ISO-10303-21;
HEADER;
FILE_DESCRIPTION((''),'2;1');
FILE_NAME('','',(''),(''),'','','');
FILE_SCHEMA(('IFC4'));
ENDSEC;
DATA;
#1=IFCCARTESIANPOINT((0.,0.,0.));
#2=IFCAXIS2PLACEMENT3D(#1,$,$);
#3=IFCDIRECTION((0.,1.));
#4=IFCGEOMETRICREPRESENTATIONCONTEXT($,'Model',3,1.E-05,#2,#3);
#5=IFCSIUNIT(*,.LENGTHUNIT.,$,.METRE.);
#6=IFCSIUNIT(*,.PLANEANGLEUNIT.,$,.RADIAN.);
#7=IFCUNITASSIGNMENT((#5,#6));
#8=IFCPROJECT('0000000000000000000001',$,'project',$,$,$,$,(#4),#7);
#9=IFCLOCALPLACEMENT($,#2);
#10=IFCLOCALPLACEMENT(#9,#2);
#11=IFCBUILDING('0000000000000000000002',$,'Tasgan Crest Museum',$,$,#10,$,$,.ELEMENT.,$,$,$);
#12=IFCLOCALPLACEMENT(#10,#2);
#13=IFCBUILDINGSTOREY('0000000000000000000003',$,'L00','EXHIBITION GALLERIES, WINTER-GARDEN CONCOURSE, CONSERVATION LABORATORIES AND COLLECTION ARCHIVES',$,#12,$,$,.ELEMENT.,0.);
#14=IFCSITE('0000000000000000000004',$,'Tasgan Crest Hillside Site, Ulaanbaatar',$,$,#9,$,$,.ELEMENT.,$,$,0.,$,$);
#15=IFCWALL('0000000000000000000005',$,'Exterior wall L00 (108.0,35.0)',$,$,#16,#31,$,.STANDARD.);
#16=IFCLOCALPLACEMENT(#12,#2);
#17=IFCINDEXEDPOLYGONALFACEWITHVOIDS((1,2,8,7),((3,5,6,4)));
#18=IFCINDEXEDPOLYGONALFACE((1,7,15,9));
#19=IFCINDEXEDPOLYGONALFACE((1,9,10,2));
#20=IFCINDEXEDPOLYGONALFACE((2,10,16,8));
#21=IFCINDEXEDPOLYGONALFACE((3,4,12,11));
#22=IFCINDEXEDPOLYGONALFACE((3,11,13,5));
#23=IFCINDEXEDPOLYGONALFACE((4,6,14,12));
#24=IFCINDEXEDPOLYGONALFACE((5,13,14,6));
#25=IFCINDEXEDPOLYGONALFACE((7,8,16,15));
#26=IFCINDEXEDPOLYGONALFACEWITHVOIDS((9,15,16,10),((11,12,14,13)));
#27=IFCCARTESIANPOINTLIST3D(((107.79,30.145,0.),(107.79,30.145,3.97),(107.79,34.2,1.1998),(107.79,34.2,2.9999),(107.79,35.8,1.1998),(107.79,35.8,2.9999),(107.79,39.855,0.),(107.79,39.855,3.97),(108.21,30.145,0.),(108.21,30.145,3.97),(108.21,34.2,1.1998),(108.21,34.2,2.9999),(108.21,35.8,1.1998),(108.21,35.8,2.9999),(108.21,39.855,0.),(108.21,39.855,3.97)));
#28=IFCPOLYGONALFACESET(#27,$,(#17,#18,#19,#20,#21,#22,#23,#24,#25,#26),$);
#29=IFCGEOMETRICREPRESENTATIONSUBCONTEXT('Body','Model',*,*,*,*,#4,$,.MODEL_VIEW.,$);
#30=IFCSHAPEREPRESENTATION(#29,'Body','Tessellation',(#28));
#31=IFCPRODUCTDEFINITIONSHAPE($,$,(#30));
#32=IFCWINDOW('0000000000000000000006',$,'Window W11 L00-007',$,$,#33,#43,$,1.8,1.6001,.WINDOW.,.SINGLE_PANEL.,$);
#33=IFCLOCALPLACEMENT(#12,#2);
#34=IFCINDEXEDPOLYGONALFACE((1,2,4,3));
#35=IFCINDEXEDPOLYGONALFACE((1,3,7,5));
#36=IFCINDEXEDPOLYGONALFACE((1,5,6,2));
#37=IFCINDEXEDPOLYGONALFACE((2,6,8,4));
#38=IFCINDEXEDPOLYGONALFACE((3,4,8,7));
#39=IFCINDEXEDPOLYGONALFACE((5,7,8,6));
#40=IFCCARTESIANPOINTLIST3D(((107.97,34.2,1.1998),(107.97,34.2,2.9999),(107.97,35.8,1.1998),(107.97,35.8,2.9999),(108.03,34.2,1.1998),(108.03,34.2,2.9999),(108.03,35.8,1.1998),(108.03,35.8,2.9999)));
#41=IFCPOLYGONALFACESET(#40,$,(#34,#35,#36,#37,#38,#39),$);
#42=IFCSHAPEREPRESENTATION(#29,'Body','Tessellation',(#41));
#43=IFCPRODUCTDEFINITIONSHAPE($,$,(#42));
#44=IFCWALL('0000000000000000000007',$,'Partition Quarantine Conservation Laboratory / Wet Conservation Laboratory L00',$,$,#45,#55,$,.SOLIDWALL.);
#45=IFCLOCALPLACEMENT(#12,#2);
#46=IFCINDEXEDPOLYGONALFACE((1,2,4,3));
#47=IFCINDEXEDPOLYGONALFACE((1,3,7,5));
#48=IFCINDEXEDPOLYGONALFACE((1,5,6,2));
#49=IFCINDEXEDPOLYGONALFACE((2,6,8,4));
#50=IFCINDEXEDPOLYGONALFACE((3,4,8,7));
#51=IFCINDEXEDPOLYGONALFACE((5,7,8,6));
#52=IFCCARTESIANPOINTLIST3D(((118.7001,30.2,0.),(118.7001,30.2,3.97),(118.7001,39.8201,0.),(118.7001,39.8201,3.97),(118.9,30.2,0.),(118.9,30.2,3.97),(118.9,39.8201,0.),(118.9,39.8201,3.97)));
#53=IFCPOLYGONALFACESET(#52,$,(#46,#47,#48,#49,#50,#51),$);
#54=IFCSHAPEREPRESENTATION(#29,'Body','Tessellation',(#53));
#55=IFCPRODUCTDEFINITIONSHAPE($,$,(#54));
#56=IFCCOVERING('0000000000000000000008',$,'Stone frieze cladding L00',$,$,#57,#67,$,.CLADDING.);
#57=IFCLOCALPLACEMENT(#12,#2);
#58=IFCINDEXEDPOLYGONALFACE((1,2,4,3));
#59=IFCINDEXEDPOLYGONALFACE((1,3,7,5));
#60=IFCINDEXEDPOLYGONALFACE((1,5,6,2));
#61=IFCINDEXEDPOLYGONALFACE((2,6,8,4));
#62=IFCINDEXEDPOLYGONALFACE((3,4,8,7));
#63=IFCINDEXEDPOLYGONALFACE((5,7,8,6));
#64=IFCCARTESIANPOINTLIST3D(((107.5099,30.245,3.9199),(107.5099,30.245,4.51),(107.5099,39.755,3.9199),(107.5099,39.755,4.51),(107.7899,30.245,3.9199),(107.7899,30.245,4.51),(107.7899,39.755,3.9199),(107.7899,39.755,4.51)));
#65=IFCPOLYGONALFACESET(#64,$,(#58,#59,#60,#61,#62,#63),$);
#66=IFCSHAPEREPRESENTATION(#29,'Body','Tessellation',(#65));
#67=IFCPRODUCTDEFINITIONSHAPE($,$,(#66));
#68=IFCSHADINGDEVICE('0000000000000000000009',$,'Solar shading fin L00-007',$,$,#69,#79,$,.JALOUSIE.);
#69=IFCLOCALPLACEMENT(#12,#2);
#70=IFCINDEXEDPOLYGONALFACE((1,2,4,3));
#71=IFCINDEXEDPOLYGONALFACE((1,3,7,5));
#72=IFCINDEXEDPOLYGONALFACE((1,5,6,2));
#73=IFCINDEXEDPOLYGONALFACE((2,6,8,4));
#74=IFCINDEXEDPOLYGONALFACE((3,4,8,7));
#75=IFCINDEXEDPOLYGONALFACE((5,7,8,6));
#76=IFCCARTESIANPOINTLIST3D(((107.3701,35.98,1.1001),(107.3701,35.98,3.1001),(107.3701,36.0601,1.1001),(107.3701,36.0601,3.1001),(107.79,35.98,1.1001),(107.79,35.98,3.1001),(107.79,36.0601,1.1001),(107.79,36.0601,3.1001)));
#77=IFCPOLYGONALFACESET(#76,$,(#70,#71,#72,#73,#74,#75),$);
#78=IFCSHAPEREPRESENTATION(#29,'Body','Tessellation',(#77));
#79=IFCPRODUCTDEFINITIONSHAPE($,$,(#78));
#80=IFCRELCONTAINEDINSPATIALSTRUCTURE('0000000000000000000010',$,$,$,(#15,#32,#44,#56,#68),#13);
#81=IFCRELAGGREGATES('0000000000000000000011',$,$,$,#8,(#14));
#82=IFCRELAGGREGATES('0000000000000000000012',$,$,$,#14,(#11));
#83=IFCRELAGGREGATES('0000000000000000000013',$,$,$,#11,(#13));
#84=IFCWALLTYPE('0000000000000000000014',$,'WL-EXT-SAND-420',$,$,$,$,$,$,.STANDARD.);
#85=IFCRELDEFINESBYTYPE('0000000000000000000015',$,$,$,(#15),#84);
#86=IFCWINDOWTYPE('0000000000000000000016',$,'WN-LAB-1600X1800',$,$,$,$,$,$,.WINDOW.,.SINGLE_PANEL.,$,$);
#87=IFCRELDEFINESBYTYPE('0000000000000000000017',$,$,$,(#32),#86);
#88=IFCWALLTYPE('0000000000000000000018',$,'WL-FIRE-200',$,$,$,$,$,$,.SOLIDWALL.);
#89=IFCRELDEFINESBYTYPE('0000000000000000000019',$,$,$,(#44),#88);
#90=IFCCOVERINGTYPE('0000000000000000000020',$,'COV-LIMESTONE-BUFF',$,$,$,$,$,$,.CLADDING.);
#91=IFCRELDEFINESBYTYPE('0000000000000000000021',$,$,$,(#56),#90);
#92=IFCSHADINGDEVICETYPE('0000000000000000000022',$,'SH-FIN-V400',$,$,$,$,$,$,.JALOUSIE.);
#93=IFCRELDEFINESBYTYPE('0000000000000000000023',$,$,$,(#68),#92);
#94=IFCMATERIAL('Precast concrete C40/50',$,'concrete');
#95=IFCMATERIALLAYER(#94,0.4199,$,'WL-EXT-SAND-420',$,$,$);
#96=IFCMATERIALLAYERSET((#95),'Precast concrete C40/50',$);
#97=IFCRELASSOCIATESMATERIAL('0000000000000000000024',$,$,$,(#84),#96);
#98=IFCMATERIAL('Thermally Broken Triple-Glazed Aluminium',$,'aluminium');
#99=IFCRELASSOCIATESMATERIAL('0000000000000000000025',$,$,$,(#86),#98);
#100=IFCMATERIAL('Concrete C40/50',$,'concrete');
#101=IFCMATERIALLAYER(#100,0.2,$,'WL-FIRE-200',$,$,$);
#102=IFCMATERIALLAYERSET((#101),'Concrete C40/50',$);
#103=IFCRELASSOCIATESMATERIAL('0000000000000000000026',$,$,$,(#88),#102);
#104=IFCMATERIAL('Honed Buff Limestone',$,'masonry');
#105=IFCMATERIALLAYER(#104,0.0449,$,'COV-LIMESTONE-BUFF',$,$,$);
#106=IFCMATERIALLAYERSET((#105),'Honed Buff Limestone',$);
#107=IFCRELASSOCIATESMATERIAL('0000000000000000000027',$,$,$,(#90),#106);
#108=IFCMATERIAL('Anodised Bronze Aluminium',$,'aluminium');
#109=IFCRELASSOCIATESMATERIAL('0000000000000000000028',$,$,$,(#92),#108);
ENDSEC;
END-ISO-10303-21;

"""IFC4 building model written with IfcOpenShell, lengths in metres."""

from ifc_helpers import new_model, si_unit, direction, frame, frame_2d, origin, origin_2d, place, context, subcontext, project, spatial, rectangle, extrude, material, layer, layer_set, type_object, element, fill, save


model = new_model("IFC4")

# Units and contexts
model_context = context("Model", 3, precision=1e-05, world=origin(), true_north=direction((0.0, 1.0)))
body_context = subcontext(model_context, "Body", "Model", "MODEL_VIEW")
ifc_project = project(units=[si_unit("LENGTHUNIT", "METRE"), si_unit("PLANEANGLEUNIT", "RADIAN")], contexts=[model_context])

# Site, building, storey
site_placement = place(None, origin())
site = spatial("IfcSite", under=ifc_project, at=site_placement, Name="Tasgan Crest Hillside Site, Ulaanbaatar", CompositionType="ELEMENT", RefElevation=0.0)
building_placement = place(site_placement, origin())
building = spatial("IfcBuilding", under=site, at=building_placement, Name="Tasgan Crest Museum", CompositionType="ELEMENT")
storey_placement = place(building_placement, origin())
storey = spatial("IfcBuildingStorey", under=building, at=storey_placement, Name="L00", Description="EXHIBITION GALLERIES, WINTER-GARDEN CONCOURSE, CONSERVATION LABORATORIES AND COLLECTION ARCHIVES", CompositionType="ELEMENT", Elevation=0.0)

# Wall, opening, window
ifc_material_1 = material(Name="Precast concrete C40/50", Category="concrete")
ifc_layer_1 = layer(ifc_material_1, 0.4199, Name="WL-EXT-SAND-420")
ifc_layer_set_1 = layer_set([ifc_layer_1], Name="Precast concrete C40/50")
wall_type_1 = type_object("IfcWallType", Name="WL-EXT-SAND-420", PredefinedType="STANDARD", material=ifc_layer_set_1)
wall_1_placement = place(storey_placement, frame((108.0, 39.855, 0.0), z_axis=(0.0, 0.0, 1.0), x_axis=(0.0, -1.0, 0.0)))
wall_1 = element("IfcWall", 1, at=wall_1_placement, inside=storey, type_object=wall_type_1, Name="Exterior wall L00 (108.0,35.0)", PredefinedType="STANDARD", context=body_context, shape_type="SweptSolid", body=[
    extrude(rectangle(XDim=9.71, YDim=0.4199, at=frame_2d((4.855, 0.0))), origin(), (0.0, 0.0, 1.0), 3.97),
])
opening_1_placement = place(wall_1_placement, frame((4.0549, 0.0, 1.2)))
opening_1 = element("IfcOpeningElement", 2, at=opening_1_placement, cuts=wall_1, PredefinedType="OPENING", context=body_context, shape_type="SweptSolid", body=[
    extrude(rectangle(XDim=1.6001, YDim=1.8, at=frame_2d((0.8, 0.8999))), frame((0.0, 0.22, 0.0), z_axis=(0.0, -1.0, 0.0), x_axis=(1.0, 0.0, 0.0)), (0.0, 0.0, 1.0), 0.4399),
])
ifc_material_2 = material(Name="Thermally Broken Triple-Glazed Aluminium", Category="aluminium")
window_type = type_object("IfcWindowType", Name="WN-LAB-1600X1800", PartitioningType="SINGLE_PANEL", PredefinedType="WINDOW", material=ifc_material_2)
window_placement = place(opening_1_placement, origin())
window = element("IfcWindow", 3, at=window_placement, inside=storey, type_object=window_type, Name="Window W11 L00-007", OverallHeight=1.8, OverallWidth=1.6001, PartitioningType="SINGLE_PANEL", PredefinedType="WINDOW", context=body_context, shape_type="SweptSolid", body=[
    extrude(rectangle(XDim=1.6001, YDim=1.8, at=frame_2d((0.8, 0.8999))), frame((0.0, 0.03, 0.0), z_axis=(0.0, -1.0, 0.0), x_axis=(1.0, 0.0, 0.0)), (0.0, 0.0, 1.0), 0.0601),
])
fill(opening_1, window)

# Shared definitions
ifc_material_3 = material(Name="Concrete C40/50", Category="concrete")
ifc_layer_2 = layer(ifc_material_3, 0.2, Name="WL-FIRE-200")
ifc_layer_set_2 = layer_set([ifc_layer_2], Name="Concrete C40/50")
wall_type_2 = type_object("IfcWallType", Name="WL-FIRE-200", PredefinedType="SOLIDWALL", material=ifc_layer_set_2)

# Wall
wall_2_placement = place(storey_placement, frame((118.8, 30.2, 0.0), z_axis=(0.0, 0.0, 1.0), x_axis=(0.0, 1.0, 0.0)))
element("IfcWall", 4, at=wall_2_placement, inside=storey, type_object=wall_type_2, Name="Partition Quarantine Conservation Laboratory / Wet Conservation Laboratory L00", PredefinedType="SOLIDWALL", context=body_context, shape_type="SweptSolid", body=[
    extrude(rectangle(XDim=9.6201, YDim=0.2, at=frame_2d((4.8101, 0.0))), origin(), (0.0, 0.0, 1.0), 3.97),
])

# Covering
ifc_material_4 = material(Name="Honed Buff Limestone", Category="masonry")
ifc_layer_3 = layer(ifc_material_4, 0.0449, Name="COV-LIMESTONE-BUFF")
ifc_layer_set_3 = layer_set([ifc_layer_3], Name="Honed Buff Limestone")
covering_type = type_object("IfcCoveringType", Name="COV-LIMESTONE-BUFF", PredefinedType="CLADDING", material=ifc_layer_set_3)
covering_placement = place(storey_placement, frame((107.6499, 35.0, 3.9199), z_axis=(0.0, 0.0, 1.0), x_axis=(0.0, -1.0, 0.0)))
element("IfcCovering", 5, at=covering_placement, inside=storey, type_object=covering_type, Name="Stone frieze cladding L00", PredefinedType="CLADDING", context=body_context, shape_type="SweptSolid", body=[
    extrude(rectangle(XDim=9.51, YDim=0.28, at=origin_2d()), origin(), (0.0, 0.0, 1.0), 0.5901),
])

# Shading device
ifc_material_5 = material(Name="Anodised Bronze Aluminium", Category="aluminium")
shading_device_type = type_object("IfcShadingDeviceType", Name="SH-FIN-V400", PredefinedType="JALOUSIE", material=ifc_material_5)
shading_device_placement = place(storey_placement, frame((107.5801, 36.02, 1.1001), z_axis=(0.0, 0.0, 1.0), x_axis=(0.0, -1.0, 0.0)))
element("IfcShadingDevice", 6, at=shading_device_placement, inside=storey, type_object=shading_device_type, Name="Solar shading fin L00-007", PredefinedType="JALOUSIE", context=body_context, shape_type="SweptSolid", body=[
    extrude(rectangle(XDim=0.0801, YDim=0.4199, at=origin_2d()), origin(), (0.0, 0.0, 1.0), 2.0),
])

save(model, "model.ifc")
